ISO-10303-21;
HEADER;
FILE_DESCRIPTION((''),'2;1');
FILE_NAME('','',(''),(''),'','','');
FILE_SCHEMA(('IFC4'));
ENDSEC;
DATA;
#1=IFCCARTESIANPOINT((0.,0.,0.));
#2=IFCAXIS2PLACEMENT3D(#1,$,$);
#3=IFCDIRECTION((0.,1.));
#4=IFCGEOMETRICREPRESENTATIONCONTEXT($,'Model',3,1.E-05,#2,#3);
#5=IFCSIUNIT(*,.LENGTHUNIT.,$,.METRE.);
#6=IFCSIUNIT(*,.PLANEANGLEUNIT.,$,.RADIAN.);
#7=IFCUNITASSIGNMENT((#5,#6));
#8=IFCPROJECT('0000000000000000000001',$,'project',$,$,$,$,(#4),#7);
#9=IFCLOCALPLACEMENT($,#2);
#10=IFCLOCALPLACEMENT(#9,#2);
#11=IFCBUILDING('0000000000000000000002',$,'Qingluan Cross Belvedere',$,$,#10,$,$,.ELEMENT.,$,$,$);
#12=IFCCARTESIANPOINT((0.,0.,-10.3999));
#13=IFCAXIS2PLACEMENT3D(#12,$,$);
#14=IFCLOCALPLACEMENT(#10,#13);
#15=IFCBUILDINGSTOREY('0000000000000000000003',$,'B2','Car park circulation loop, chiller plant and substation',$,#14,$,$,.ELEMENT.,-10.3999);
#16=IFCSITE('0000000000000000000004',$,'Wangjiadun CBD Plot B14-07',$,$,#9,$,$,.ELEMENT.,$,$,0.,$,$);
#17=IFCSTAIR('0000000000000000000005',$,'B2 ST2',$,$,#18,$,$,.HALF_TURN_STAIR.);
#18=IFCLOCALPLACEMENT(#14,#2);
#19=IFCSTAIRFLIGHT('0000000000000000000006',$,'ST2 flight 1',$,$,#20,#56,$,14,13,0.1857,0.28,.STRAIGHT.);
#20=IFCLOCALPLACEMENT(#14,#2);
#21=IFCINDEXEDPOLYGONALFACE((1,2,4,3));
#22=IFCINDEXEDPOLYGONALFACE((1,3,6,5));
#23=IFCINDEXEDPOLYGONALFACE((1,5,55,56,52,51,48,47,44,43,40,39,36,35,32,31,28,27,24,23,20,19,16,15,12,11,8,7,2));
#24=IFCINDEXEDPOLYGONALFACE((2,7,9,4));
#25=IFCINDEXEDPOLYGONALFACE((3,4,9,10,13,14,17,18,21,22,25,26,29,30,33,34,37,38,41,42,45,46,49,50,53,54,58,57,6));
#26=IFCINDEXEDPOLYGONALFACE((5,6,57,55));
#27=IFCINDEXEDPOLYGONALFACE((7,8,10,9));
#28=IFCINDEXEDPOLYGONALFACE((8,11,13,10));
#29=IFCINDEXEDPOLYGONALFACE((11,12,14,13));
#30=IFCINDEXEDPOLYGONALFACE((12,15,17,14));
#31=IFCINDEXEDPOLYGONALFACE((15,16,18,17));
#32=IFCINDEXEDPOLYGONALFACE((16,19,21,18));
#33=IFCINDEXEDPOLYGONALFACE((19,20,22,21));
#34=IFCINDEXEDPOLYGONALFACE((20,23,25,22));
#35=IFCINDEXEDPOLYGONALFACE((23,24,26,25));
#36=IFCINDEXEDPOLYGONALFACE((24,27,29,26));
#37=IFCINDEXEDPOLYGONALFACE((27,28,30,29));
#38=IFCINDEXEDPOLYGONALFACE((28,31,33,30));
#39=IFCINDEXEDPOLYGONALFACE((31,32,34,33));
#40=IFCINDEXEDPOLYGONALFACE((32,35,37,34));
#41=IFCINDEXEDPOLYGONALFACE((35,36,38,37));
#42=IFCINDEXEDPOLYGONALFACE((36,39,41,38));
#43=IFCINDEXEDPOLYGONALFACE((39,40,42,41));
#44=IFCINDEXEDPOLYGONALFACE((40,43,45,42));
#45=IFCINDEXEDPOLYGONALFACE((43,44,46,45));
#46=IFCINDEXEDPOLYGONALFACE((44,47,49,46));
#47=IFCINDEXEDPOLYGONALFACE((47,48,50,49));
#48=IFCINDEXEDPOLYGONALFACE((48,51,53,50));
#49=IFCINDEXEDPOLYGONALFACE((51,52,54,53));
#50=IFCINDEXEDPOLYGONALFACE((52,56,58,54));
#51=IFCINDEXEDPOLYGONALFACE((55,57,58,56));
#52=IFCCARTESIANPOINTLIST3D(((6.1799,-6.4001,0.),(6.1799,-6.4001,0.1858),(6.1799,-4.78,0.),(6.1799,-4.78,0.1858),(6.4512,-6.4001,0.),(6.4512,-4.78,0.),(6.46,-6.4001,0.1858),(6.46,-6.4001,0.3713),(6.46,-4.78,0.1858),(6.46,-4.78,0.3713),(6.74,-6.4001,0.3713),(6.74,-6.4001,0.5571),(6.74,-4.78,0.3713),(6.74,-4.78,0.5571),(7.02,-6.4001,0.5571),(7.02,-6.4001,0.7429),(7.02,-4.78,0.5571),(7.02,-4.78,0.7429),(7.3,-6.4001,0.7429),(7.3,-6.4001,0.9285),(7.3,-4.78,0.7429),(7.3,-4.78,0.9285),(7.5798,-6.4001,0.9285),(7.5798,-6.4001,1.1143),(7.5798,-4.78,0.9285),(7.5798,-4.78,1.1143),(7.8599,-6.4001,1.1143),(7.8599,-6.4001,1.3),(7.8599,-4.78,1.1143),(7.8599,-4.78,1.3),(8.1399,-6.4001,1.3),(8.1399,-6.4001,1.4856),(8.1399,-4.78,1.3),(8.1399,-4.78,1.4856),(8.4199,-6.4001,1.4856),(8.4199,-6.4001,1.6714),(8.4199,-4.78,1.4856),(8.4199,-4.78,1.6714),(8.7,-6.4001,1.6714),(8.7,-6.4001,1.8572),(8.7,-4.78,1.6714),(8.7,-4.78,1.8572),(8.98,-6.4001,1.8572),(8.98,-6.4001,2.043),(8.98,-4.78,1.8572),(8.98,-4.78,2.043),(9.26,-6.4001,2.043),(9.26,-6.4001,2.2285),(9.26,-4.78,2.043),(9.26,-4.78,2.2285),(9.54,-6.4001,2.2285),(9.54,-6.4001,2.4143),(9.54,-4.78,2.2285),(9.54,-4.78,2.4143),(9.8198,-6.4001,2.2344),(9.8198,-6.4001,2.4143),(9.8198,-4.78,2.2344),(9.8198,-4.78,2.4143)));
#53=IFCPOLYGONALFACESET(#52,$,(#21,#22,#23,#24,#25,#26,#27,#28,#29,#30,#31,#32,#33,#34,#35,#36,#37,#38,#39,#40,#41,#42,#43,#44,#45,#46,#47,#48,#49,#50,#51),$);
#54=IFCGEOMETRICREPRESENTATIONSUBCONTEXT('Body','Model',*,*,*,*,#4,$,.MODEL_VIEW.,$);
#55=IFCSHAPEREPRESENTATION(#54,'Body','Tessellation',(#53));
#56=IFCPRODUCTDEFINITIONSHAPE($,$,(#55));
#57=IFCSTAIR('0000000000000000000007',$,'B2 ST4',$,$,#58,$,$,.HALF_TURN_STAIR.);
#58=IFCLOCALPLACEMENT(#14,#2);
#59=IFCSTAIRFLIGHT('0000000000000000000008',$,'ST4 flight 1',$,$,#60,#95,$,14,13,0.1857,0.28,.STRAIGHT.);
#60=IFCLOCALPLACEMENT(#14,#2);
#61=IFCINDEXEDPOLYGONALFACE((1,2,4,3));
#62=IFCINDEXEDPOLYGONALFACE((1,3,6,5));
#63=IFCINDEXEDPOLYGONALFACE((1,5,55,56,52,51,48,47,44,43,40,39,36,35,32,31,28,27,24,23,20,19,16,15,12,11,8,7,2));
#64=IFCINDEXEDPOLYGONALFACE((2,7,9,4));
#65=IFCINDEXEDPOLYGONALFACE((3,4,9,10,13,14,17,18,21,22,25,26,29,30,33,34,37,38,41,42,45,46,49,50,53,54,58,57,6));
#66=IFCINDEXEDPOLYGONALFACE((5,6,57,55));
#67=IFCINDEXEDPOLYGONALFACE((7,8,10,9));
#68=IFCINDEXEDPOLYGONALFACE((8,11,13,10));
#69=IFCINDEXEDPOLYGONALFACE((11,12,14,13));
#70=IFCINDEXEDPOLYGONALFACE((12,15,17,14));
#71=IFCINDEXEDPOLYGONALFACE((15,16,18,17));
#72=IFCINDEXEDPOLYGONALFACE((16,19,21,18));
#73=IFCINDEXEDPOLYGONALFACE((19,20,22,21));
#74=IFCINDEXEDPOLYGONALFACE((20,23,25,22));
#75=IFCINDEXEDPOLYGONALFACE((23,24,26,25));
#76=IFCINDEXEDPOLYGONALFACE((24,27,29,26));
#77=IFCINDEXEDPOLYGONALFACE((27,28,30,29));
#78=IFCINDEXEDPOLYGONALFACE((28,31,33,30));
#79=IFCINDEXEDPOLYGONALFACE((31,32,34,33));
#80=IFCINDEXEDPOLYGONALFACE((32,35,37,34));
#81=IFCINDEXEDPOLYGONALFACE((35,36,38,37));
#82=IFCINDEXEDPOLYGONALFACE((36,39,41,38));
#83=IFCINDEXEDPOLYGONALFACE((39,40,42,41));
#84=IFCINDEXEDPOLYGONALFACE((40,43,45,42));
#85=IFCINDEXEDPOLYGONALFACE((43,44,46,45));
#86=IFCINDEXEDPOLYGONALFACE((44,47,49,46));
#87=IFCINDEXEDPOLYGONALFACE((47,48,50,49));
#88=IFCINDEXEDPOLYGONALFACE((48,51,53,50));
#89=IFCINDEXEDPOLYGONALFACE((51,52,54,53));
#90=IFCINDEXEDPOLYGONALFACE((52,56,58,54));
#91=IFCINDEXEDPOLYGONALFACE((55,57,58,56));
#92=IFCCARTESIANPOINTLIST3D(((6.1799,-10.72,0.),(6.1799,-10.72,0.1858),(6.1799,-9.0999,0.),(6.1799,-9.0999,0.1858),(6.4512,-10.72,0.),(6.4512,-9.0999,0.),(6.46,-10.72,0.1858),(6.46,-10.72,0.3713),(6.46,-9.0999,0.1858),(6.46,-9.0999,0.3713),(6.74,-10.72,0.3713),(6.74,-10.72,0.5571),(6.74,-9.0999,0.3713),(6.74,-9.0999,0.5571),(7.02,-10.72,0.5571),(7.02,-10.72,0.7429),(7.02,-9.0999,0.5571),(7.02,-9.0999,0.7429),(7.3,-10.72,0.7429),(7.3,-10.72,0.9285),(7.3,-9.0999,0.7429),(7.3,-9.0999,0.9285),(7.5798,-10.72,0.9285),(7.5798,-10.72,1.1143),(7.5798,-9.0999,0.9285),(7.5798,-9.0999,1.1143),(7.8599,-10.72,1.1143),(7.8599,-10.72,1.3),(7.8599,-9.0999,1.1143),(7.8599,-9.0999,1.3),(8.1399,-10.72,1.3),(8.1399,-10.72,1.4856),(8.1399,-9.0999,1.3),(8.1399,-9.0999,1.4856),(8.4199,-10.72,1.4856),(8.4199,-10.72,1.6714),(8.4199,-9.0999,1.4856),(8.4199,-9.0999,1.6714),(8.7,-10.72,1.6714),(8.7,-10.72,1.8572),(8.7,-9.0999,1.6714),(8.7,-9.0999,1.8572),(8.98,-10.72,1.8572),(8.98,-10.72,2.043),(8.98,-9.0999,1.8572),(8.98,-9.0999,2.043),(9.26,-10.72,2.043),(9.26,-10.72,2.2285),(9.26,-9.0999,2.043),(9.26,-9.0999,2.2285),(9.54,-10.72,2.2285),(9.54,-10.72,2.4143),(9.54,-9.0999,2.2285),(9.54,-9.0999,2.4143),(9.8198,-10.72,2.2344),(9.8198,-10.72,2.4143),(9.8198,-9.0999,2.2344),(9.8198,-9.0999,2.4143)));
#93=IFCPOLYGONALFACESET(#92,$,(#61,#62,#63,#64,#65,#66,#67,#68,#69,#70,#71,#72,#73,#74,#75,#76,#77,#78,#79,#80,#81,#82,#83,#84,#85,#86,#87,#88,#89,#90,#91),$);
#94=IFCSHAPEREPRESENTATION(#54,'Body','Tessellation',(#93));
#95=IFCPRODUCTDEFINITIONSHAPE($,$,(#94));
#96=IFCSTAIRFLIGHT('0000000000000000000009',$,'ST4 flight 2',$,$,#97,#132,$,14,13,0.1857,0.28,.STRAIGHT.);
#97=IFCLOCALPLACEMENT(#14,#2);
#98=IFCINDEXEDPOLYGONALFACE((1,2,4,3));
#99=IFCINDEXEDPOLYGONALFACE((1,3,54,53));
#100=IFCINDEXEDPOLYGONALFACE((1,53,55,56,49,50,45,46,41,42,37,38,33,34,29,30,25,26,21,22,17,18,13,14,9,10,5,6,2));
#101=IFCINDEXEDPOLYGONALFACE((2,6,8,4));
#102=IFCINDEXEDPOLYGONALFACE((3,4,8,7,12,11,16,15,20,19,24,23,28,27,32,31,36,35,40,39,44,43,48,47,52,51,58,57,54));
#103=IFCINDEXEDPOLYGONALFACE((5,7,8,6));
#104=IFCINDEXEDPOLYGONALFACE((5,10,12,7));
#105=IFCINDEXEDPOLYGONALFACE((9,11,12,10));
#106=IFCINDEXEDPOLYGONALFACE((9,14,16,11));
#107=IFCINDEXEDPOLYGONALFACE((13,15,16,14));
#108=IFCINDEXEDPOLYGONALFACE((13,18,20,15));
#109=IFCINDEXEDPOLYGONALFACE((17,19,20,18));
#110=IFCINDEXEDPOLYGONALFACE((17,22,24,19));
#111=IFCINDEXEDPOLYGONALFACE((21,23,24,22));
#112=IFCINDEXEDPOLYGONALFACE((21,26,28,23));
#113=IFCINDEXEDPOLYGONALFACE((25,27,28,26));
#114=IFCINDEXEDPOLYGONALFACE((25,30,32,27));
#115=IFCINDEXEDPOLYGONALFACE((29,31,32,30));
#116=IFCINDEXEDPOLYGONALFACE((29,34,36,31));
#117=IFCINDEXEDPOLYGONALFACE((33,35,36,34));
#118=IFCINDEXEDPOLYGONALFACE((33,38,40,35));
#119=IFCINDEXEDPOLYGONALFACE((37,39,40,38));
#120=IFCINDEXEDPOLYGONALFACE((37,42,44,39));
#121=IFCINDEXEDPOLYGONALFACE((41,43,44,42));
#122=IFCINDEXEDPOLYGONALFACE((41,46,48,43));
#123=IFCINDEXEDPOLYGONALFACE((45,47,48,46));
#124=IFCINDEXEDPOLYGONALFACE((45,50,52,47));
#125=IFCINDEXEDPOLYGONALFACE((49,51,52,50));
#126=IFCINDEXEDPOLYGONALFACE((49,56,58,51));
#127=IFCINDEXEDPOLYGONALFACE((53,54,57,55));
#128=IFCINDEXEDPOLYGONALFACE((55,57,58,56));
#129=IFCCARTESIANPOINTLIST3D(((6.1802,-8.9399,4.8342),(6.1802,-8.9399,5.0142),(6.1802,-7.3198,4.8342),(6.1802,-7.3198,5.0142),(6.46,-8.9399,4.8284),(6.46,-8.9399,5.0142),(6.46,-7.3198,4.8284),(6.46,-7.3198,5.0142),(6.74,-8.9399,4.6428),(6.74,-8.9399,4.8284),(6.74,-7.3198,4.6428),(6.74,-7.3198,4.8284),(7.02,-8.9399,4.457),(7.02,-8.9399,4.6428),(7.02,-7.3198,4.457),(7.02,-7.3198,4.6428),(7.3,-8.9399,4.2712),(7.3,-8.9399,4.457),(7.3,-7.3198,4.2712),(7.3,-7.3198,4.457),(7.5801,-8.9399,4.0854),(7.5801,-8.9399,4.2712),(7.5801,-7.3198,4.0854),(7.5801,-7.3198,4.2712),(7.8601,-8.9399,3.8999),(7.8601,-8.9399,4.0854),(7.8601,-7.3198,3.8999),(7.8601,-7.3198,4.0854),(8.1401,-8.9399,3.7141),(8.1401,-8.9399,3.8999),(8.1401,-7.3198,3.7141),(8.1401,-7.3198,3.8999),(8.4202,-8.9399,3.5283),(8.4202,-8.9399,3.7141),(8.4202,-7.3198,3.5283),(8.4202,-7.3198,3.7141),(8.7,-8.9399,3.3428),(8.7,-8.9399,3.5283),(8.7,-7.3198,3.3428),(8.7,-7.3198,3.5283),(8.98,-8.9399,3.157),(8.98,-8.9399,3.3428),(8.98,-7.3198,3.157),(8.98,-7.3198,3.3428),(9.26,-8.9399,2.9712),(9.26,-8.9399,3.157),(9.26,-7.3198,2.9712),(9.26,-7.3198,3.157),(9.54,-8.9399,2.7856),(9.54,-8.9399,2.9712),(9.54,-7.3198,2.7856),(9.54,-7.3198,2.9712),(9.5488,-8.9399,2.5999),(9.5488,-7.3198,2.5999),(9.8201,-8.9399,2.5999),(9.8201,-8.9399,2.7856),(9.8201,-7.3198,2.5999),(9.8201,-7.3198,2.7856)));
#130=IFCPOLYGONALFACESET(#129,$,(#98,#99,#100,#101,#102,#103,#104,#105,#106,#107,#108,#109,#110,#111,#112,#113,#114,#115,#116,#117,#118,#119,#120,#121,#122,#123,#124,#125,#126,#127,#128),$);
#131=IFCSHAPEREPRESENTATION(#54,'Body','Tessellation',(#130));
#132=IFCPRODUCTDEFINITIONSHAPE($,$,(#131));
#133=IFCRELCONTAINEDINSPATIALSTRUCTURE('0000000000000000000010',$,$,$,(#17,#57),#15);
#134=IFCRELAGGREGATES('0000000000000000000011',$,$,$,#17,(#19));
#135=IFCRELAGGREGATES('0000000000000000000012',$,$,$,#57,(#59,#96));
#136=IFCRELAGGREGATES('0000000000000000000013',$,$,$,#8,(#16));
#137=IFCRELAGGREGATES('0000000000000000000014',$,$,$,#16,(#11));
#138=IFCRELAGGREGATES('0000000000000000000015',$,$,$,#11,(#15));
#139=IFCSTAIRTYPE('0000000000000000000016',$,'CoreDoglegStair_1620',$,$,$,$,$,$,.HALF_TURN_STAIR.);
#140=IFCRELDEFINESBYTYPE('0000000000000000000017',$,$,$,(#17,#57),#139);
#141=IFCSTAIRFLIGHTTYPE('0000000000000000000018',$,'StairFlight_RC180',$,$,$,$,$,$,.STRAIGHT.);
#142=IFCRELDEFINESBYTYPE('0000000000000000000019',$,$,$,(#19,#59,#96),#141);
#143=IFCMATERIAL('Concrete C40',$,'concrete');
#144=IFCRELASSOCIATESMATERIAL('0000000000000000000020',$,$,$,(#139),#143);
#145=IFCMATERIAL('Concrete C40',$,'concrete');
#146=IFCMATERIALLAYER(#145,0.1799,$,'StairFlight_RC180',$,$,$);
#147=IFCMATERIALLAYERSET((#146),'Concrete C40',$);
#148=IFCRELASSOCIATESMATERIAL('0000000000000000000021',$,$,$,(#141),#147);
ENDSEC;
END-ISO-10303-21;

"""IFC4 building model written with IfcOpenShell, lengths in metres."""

from ifc_helpers import new_model, si_unit, direction, frame, origin, place, context, subcontext, project, spatial, polyline, outline, extrude, material, layer, layer_set, type_object, element, aggregate, save


model = new_model("IFC4")

# Units and contexts
model_context = context("Model", 3, precision=1e-05, world=origin(), true_north=direction((0.0, 1.0)))
body_context = subcontext(model_context, "Body", "Model", "MODEL_VIEW")
ifc_project = project(units=[si_unit("LENGTHUNIT", "METRE"), si_unit("PLANEANGLEUNIT", "RADIAN")], contexts=[model_context])

# Site, building, storey
site_placement = place(None, origin())
site = spatial("IfcSite", under=ifc_project, at=site_placement, Name="Wangjiadun CBD Plot B14-07", CompositionType="ELEMENT", RefElevation=0.0)
building_placement = place(site_placement, origin())
building = spatial("IfcBuilding", under=site, at=building_placement, Name="Qingluan Cross Belvedere", CompositionType="ELEMENT")
storey_placement = place(building_placement, frame((0.0, 0.0, -10.3999)))
storey = spatial("IfcBuildingStorey", under=building, at=storey_placement, Name="B2", Description="Car park circulation loop, chiller plant and substation", CompositionType="ELEMENT", Elevation=-10.3999)

# Stair, stair flight
ifc_material_1 = material(Name="Concrete C40", Category="concrete")
stair_type = type_object("IfcStairType", Name="CoreDoglegStair_1620", PredefinedType="HALF_TURN_STAIR", material=ifc_material_1)
stair_1_placement = place(storey_placement, origin())
stair_1 = element("IfcStair", 1, at=stair_1_placement, inside=storey, type_object=stair_type, Name="B2 ST2", PredefinedType="HALF_TURN_STAIR")
ifc_material_2 = material(Name="Concrete C40", Category="concrete")
ifc_layer_1 = layer(ifc_material_2, 0.1799, Name="StairFlight_RC180")
ifc_layer_set_1 = layer_set([ifc_layer_1], Name="Concrete C40")
stair_flight_type = type_object("IfcStairFlightType", Name="StairFlight_RC180", PredefinedType="STRAIGHT", material=ifc_layer_set_1)
stair_flight_1_placement = place(storey_placement, frame((6.1799, -5.5901, 0.0), z_axis=(0.0, 0.0, 1.0), x_axis=(1.0, 0.0, 0.0)))
stair_flight_1 = element("IfcStairFlight", 2, at=stair_flight_1_placement, type_object=stair_flight_type, Name="ST2 flight 1", NumberOfRisers=14, NumberOfTreads=13, PredefinedType="STRAIGHT", RiserHeight=0.1857, TreadLength=0.28, context=body_context, shape_type="SweptSolid", body=[
    extrude(outline(polyline([(0.0, 0.0), (0.0, 0.1858), (0.28, 0.1858), (0.28, 0.3713), (0.5601, 0.3713), (0.5601, 0.5571), (0.8401, 0.5571), (0.8401, 0.7429), (1.1201, 0.7429), (1.1201, 0.9285), (1.3999, 0.9285), (1.3999, 1.1143), (1.6799, 1.1143), (1.6799, 1.3), (1.96, 1.3), (1.96, 1.4856), (2.24, 1.4856), (2.24, 1.6714), (2.52, 1.6714), (2.52, 1.8572), (2.8, 1.8572), (2.8, 2.043), (3.0801, 2.043), (3.0801, 2.2285), (3.3601, 2.2285), (3.3601, 2.4143), (3.6399, 2.4143), (3.6399, 2.6001), (3.6399, 2.2344), (0.2712, 0.0), (0.0, 0.0)])), frame((0.0, 0.8101, 0.0), z_axis=(0.0, -1.0, 0.0), x_axis=(1.0, 0.0, 0.0)), (0.0, 0.0, 1.0), 1.6201),
])
aggregate(stair_1, [stair_flight_1])

# Stair, stair flights
stair_2_placement = place(storey_placement, origin())
stair_2 = element("IfcStair", 3, at=stair_2_placement, inside=storey, type_object=stair_type, Name="B2 ST4", PredefinedType="HALF_TURN_STAIR")
stair_flight_2_placement = place(storey_placement, frame((6.1799, -9.9099, 0.0), z_axis=(0.0, 0.0, 1.0), x_axis=(1.0, 0.0, 0.0)))
stair_flight_2 = element("IfcStairFlight", 4, at=stair_flight_2_placement, type_object=stair_flight_type, Name="ST4 flight 1", NumberOfRisers=14, NumberOfTreads=13, PredefinedType="STRAIGHT", RiserHeight=0.1857, TreadLength=0.28, context=body_context, shape_type="SweptSolid", body=[
    extrude(outline(polyline([(0.0, 0.0), (0.0, 0.1858), (0.28, 0.1858), (0.28, 0.3713), (0.5601, 0.3713), (0.5601, 0.5571), (0.8401, 0.5571), (0.8401, 0.7429), (1.1201, 0.7429), (1.1201, 0.9285), (1.3999, 0.9285), (1.3999, 1.1143), (1.6799, 1.1143), (1.6799, 1.3), (1.96, 1.3), (1.96, 1.4856), (2.24, 1.4856), (2.24, 1.6714), (2.52, 1.6714), (2.52, 1.8572), (2.8, 1.8572), (2.8, 2.043), (3.0801, 2.043), (3.0801, 2.2285), (3.3601, 2.2285), (3.3601, 2.4143), (3.6399, 2.4143), (3.6399, 2.6001), (3.6399, 2.2344), (0.2712, 0.0), (0.0, 0.0)])), frame((0.0, 0.8101, 0.0), z_axis=(0.0, -1.0, 0.0), x_axis=(1.0, 0.0, 0.0)), (0.0, 0.0, 1.0), 1.6201),
])
stair_flight_3_placement = place(storey_placement, frame((9.8201, -8.1299, 2.5999), z_axis=(0.0, 0.0, 1.0), x_axis=(-1.0, 0.0, 0.0)))
stair_flight_3 = element("IfcStairFlight", 5, at=stair_flight_3_placement, type_object=stair_flight_type, Name="ST4 flight 2", NumberOfRisers=14, NumberOfTreads=13, PredefinedType="STRAIGHT", RiserHeight=0.1857, TreadLength=0.28, context=body_context, shape_type="SweptSolid", body=[
    extrude(outline(polyline([(0.0, 0.0), (0.0, 0.1858), (0.28, 0.1858), (0.28, 0.3713), (0.5601, 0.3713), (0.5601, 0.5571), (0.8401, 0.5571), (0.8401, 0.7429), (1.1201, 0.7429), (1.1201, 0.9285), (1.3999, 0.9285), (1.3999, 1.1143), (1.6799, 1.1143), (1.6799, 1.3), (1.96, 1.3), (1.96, 1.4856), (2.24, 1.4856), (2.24, 1.6714), (2.52, 1.6714), (2.52, 1.8572), (2.8, 1.8572), (2.8, 2.043), (3.0801, 2.043), (3.0801, 2.2285), (3.3601, 2.2285), (3.3601, 2.4143), (3.6399, 2.4143), (3.6399, 2.6001), (3.6399, 2.2344), (0.2712, 0.0), (0.0, 0.0)])), frame((0.0, 0.8101, 0.0), z_axis=(0.0, -1.0, 0.0), x_axis=(1.0, 0.0, 0.0)), (0.0, 0.0, 1.0), 1.6201),
])
aggregate(stair_2, [stair_flight_2, stair_flight_3])

save(model, "model.ifc")
